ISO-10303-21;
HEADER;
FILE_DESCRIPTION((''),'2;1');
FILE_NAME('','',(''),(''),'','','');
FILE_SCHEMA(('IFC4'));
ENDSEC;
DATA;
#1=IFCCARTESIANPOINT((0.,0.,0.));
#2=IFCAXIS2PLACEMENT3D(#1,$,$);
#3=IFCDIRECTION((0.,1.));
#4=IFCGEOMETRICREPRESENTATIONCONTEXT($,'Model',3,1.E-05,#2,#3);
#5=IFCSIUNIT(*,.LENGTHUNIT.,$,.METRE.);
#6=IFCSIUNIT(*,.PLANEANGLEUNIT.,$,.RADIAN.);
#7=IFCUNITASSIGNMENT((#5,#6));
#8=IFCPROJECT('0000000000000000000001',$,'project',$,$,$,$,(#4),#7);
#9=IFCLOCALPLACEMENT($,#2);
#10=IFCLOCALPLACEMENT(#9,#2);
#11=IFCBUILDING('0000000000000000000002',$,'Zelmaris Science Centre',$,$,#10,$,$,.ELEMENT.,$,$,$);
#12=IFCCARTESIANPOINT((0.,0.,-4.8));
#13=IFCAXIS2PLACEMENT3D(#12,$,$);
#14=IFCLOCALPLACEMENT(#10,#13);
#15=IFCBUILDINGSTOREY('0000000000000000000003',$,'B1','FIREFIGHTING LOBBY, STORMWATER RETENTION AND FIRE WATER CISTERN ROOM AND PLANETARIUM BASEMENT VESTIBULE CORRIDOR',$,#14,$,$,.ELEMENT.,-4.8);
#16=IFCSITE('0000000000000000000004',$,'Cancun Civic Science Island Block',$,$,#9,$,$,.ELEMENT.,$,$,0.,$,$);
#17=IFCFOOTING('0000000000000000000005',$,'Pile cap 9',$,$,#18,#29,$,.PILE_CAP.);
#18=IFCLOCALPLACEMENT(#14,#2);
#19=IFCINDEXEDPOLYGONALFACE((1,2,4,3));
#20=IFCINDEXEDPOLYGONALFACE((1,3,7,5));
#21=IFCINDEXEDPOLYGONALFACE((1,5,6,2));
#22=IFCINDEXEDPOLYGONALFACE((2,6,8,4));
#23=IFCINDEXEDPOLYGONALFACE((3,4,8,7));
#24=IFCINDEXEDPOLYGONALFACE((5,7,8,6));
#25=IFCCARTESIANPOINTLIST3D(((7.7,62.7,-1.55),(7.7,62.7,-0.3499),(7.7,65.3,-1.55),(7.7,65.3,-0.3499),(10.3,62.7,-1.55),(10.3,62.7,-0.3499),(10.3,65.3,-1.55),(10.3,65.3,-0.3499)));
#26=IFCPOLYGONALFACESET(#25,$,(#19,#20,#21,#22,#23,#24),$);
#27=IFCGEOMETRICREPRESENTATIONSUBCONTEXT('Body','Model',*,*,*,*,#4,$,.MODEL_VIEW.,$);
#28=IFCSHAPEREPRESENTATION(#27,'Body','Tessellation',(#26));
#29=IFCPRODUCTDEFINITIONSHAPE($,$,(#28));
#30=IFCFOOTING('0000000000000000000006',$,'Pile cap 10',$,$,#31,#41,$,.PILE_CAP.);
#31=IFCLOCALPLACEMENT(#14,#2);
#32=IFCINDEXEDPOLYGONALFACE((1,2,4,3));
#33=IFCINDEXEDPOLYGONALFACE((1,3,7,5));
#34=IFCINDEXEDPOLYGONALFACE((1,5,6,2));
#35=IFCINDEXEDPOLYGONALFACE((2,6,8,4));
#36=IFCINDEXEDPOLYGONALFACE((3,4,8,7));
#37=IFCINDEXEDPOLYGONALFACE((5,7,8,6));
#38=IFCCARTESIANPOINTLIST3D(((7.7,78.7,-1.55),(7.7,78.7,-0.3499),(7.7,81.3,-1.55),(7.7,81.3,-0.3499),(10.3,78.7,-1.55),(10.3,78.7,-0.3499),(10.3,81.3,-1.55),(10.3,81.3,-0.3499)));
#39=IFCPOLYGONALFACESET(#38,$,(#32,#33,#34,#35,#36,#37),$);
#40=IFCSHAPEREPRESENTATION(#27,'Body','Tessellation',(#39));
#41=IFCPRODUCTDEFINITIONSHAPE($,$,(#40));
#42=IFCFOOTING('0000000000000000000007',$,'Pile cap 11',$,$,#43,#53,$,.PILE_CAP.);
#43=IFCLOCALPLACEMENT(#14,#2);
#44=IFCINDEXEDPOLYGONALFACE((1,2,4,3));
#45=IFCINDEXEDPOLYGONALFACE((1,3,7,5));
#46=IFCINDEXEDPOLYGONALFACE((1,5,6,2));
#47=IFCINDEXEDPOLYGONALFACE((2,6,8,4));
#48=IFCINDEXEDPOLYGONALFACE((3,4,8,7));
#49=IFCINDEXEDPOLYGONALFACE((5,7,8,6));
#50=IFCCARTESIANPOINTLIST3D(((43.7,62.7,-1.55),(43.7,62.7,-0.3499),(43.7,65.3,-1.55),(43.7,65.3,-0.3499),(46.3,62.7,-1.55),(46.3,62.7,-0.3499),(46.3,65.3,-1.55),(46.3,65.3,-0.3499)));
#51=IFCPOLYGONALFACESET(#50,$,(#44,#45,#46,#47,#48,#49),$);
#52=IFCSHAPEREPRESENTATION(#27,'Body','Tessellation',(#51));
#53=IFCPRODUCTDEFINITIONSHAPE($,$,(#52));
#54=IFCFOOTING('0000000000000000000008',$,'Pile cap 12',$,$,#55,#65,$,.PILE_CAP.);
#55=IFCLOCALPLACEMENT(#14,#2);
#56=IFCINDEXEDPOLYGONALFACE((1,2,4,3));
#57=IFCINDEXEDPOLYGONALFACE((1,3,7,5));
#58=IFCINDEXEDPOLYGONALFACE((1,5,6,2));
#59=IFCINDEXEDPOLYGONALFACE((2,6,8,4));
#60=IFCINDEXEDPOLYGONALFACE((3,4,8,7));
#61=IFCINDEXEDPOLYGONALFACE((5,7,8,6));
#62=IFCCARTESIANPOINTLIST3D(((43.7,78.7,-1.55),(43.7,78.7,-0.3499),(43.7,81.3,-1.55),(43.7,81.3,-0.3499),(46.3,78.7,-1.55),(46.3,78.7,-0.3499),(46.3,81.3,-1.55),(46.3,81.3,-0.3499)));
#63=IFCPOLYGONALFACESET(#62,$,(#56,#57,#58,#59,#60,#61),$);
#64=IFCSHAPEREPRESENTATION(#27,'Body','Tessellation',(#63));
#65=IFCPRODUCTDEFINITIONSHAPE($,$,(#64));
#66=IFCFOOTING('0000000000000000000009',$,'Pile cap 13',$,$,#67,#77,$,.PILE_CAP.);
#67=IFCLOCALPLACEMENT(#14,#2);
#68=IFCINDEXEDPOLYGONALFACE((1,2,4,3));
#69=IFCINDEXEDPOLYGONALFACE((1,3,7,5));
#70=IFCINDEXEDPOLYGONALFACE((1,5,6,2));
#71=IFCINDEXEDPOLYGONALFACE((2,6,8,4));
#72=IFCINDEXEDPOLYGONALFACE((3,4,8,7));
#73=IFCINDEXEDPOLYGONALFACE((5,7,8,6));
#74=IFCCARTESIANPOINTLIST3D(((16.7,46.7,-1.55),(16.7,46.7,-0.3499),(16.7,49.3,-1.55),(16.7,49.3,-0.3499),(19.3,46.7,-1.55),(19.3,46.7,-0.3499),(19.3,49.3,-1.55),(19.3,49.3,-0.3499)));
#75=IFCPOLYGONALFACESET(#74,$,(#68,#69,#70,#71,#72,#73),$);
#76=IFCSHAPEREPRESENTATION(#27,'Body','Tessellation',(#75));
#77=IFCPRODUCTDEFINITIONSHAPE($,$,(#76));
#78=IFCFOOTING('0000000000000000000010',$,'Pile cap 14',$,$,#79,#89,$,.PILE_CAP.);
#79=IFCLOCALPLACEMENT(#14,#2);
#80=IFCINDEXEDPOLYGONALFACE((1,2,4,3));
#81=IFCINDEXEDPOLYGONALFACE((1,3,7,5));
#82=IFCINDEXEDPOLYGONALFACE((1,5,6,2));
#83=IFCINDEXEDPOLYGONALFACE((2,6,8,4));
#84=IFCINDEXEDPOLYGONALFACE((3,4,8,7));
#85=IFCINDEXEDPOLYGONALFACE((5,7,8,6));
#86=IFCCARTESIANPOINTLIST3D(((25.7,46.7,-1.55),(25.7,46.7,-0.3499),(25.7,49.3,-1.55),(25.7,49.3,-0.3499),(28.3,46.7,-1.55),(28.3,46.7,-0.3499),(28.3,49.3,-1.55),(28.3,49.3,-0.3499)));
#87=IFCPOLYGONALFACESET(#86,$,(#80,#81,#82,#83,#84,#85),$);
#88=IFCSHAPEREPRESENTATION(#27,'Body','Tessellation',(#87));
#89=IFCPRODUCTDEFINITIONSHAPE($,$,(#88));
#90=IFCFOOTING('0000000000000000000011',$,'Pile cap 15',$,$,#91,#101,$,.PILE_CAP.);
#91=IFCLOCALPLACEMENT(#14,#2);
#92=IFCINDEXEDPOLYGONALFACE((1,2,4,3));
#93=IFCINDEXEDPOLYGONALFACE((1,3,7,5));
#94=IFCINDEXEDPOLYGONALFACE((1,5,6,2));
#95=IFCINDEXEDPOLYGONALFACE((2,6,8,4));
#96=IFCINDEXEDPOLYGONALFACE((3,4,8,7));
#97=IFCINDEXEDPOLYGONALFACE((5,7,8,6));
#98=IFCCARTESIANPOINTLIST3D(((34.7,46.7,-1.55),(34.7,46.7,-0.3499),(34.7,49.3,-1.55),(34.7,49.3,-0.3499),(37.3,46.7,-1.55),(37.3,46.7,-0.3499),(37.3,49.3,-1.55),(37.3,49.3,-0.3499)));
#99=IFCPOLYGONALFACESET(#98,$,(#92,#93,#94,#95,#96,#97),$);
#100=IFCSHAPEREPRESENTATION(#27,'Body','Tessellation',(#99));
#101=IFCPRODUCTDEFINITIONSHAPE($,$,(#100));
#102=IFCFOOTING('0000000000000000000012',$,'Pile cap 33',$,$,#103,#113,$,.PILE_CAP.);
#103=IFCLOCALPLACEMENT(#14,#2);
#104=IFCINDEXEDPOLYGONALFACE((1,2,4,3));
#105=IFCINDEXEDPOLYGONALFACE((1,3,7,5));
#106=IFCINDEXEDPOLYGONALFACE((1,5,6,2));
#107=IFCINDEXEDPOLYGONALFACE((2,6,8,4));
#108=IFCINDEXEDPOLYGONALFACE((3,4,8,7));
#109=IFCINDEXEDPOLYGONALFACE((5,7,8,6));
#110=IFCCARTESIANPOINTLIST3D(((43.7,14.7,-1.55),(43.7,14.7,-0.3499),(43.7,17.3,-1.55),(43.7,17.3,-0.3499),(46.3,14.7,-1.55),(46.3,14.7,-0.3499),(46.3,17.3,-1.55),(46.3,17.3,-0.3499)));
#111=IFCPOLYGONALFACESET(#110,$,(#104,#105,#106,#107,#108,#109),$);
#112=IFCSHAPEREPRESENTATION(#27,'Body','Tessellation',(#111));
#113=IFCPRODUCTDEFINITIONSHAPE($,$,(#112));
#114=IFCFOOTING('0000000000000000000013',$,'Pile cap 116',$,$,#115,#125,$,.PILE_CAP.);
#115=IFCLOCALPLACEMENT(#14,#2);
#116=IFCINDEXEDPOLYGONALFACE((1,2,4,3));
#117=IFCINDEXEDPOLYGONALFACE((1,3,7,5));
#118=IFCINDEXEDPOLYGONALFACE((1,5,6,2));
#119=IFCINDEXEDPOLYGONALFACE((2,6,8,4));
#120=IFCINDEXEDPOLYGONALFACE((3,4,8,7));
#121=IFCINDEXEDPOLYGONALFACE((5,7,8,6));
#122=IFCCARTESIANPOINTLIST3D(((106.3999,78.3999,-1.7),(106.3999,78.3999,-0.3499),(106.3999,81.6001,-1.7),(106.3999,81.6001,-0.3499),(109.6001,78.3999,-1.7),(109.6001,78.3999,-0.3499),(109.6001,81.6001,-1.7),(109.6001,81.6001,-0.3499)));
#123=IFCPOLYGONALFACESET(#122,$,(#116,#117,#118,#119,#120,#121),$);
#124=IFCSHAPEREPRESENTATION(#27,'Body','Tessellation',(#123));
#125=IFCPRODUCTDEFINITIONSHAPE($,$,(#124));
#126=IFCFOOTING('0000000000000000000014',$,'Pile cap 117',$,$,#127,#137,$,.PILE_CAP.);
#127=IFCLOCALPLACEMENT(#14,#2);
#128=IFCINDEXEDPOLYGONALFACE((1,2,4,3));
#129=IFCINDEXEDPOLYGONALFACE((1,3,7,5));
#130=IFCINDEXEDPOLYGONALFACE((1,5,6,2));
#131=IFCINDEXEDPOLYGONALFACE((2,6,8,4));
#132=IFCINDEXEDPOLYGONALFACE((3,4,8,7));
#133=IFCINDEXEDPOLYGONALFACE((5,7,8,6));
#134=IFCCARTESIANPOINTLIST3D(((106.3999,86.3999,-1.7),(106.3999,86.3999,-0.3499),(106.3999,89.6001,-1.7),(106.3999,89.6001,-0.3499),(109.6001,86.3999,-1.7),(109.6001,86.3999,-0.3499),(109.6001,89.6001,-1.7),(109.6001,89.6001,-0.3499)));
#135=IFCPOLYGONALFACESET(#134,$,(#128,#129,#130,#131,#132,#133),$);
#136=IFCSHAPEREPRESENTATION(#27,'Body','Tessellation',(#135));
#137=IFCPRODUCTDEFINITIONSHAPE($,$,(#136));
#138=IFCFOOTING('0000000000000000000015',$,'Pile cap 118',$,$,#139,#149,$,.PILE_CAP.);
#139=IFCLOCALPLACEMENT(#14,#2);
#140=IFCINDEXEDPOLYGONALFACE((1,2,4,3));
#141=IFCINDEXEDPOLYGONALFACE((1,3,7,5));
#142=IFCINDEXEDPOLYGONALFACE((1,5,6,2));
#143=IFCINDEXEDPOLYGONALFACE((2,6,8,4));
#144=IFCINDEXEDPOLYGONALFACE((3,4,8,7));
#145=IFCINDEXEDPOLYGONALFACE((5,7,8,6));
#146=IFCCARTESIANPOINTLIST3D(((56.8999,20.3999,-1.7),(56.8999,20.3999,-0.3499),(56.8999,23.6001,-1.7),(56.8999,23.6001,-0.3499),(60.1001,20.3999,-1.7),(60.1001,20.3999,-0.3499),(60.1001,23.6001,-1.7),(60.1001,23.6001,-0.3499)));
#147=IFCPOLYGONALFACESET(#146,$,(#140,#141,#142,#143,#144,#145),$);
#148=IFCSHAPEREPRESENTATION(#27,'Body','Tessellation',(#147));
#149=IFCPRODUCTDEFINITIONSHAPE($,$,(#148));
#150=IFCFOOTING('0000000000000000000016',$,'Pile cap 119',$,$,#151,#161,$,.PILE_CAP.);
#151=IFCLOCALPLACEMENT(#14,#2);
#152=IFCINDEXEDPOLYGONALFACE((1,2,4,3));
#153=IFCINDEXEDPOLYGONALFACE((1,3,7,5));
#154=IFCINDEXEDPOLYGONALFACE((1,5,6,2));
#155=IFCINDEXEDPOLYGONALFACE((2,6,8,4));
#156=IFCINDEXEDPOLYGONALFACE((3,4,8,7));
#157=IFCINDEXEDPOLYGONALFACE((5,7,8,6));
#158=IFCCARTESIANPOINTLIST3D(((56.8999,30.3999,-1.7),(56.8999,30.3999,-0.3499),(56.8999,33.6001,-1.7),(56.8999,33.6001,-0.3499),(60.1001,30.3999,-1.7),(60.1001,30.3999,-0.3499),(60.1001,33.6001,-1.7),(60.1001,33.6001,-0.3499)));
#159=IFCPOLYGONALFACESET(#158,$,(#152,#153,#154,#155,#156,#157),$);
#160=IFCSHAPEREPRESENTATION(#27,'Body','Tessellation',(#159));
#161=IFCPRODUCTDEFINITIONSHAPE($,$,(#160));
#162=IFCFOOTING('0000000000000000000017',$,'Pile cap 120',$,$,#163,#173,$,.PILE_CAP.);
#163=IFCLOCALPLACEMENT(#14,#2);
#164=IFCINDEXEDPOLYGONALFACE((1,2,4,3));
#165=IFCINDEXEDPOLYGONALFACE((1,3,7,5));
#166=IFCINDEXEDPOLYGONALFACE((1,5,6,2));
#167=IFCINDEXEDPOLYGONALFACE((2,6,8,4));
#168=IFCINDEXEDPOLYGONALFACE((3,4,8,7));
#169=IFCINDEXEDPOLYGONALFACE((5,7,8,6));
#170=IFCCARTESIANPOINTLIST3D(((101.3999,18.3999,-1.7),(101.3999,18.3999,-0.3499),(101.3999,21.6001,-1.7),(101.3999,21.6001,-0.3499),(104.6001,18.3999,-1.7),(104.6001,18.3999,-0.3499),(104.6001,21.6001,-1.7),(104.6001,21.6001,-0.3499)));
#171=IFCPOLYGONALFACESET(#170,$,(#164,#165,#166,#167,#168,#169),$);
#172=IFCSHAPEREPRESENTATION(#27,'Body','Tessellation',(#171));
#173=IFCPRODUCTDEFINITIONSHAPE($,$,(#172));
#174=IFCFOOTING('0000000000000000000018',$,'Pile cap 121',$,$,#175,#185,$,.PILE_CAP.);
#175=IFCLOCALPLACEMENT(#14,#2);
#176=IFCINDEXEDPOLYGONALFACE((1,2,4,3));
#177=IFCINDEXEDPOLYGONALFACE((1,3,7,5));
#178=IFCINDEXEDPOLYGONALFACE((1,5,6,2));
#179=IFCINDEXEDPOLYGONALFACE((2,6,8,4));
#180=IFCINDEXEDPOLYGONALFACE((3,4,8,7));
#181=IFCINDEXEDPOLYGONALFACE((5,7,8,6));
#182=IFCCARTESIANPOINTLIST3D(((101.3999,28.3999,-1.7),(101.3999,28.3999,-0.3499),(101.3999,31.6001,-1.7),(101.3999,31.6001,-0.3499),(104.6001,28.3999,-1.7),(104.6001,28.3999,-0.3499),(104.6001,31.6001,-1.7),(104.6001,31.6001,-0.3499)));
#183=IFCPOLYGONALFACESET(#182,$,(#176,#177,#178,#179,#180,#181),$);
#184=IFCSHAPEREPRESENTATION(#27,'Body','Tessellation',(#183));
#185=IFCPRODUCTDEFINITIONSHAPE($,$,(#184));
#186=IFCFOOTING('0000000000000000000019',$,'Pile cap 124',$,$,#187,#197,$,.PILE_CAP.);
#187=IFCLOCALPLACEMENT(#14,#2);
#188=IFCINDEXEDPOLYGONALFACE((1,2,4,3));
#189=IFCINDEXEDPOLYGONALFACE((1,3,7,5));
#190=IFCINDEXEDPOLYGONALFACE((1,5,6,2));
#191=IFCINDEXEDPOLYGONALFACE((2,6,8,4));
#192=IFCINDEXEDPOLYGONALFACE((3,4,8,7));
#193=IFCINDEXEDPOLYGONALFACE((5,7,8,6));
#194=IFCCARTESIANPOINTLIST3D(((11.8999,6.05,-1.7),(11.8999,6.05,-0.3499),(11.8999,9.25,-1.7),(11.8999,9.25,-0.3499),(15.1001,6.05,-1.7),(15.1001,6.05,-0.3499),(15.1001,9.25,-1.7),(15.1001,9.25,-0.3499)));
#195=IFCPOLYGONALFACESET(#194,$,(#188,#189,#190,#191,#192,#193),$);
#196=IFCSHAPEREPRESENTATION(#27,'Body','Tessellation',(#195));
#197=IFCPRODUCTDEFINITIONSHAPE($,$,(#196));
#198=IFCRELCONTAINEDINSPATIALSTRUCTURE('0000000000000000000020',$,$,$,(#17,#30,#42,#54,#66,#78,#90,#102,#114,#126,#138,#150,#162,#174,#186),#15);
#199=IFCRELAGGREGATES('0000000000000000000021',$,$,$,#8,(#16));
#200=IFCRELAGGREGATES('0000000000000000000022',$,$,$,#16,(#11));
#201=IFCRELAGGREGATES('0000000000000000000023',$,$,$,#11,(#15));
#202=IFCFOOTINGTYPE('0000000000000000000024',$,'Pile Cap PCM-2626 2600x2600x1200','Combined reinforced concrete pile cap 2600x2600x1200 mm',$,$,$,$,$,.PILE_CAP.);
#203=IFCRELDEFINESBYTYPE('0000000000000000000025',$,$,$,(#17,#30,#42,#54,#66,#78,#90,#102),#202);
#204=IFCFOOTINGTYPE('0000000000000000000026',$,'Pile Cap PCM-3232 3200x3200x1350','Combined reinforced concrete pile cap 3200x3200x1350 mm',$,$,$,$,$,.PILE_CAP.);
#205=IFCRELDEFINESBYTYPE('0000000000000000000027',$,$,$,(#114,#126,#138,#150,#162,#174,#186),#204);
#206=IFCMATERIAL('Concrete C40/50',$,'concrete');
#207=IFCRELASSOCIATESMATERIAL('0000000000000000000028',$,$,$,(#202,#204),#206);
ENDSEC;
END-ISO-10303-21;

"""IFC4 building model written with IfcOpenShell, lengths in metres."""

from ifc_helpers import new_model, si_unit, direction, frame, origin, place, context, subcontext, project, spatial, polyline, outline, extrude, material, type_object, element, save


model = new_model("IFC4")

# Units and contexts
model_context = context("Model", 3, precision=1e-05, world=origin(), true_north=direction((0.0, 1.0)))
body_context = subcontext(model_context, "Body", "Model", "MODEL_VIEW")
ifc_project = project(units=[si_unit("LENGTHUNIT", "METRE"), si_unit("PLANEANGLEUNIT", "RADIAN")], contexts=[model_context])

# Site, building, storey
site_placement = place(None, origin())
site = spatial("IfcSite", under=ifc_project, at=site_placement, Name="Cancun Civic Science Island Block", CompositionType="ELEMENT", RefElevation=0.0)
building_placement = place(site_placement, origin())
building = spatial("IfcBuilding", under=site, at=building_placement, Name="Zelmaris Science Centre", CompositionType="ELEMENT")
storey_placement = place(building_placement, frame((0.0, 0.0, -4.8)))
storey = spatial("IfcBuildingStorey", under=building, at=storey_placement, Name="B1", Description="FIREFIGHTING LOBBY, STORMWATER RETENTION AND FIRE WATER CISTERN ROOM AND PLANETARIUM BASEMENT VESTIBULE CORRIDOR", CompositionType="ELEMENT", Elevation=-4.8)

# Footings
ifc_material = material(Name="Concrete C40/50", Category="concrete")
footing_type_1 = type_object("IfcFootingType", Name="Pile Cap PCM-2626 2600x2600x1200", Description="Combined reinforced concrete pile cap 2600x2600x1200 mm", PredefinedType="PILE_CAP", material=ifc_material)
footing_1_placement = place(storey_placement, frame((0.0, 0.0, -1.55)))
element("IfcFooting", 1, at=footing_1_placement, inside=storey, type_object=footing_type_1, Name="Pile cap 9", PredefinedType="PILE_CAP", context=body_context, shape_type="SweptSolid", body=[
    extrude(outline(polyline([(7.7, 62.7), (10.3, 62.7), (10.3, 65.3), (7.7, 65.3), (7.7, 62.7)])), origin(), (0.0, 0.0, 1.0), 1.2002),
])
footing_2_placement = place(storey_placement, frame((0.0, 0.0, -1.55)))
element("IfcFooting", 2, at=footing_2_placement, inside=storey, type_object=footing_type_1, Name="Pile cap 10", PredefinedType="PILE_CAP", context=body_context, shape_type="SweptSolid", body=[
    extrude(outline(polyline([(7.7, 78.7), (10.3, 78.7), (10.3, 81.3), (7.7, 81.3), (7.7, 78.7)])), origin(), (0.0, 0.0, 1.0), 1.2002),
])
footing_3_placement = place(storey_placement, frame((0.0, 0.0, -1.55)))
element("IfcFooting", 3, at=footing_3_placement, inside=storey, type_object=footing_type_1, Name="Pile cap 11", PredefinedType="PILE_CAP", context=body_context, shape_type="SweptSolid", body=[
    extrude(outline(polyline([(43.7, 62.7), (46.3, 62.7), (46.3, 65.3), (43.7, 65.3), (43.7, 62.7)])), origin(), (0.0, 0.0, 1.0), 1.2002),
])
footing_4_placement = place(storey_placement, frame((0.0, 0.0, -1.55)))
element("IfcFooting", 4, at=footing_4_placement, inside=storey, type_object=footing_type_1, Name="Pile cap 12", PredefinedType="PILE_CAP", context=body_context, shape_type="SweptSolid", body=[
    extrude(outline(polyline([(43.7, 78.7), (46.3, 78.7), (46.3, 81.3), (43.7, 81.3), (43.7, 78.7)])), origin(), (0.0, 0.0, 1.0), 1.2002),
])
footing_5_placement = place(storey_placement, frame((0.0, 0.0, -1.55)))
element("IfcFooting", 5, at=footing_5_placement, inside=storey, type_object=footing_type_1, Name="Pile cap 13", PredefinedType="PILE_CAP", context=body_context, shape_type="SweptSolid", body=[
    extrude(outline(polyline([(16.7, 46.7), (19.3, 46.7), (19.3, 49.3), (16.7, 49.3), (16.7, 46.7)])), origin(), (0.0, 0.0, 1.0), 1.2002),
])
footing_6_placement = place(storey_placement, frame((0.0, 0.0, -1.55)))
element("IfcFooting", 6, at=footing_6_placement, inside=storey, type_object=footing_type_1, Name="Pile cap 14", PredefinedType="PILE_CAP", context=body_context, shape_type="SweptSolid", body=[
    extrude(outline(polyline([(25.7, 46.7), (28.3, 46.7), (28.3, 49.3), (25.7, 49.3), (25.7, 46.7)])), origin(), (0.0, 0.0, 1.0), 1.2002),
])
footing_7_placement = place(storey_placement, frame((0.0, 0.0, -1.55)))
element("IfcFooting", 7, at=footing_7_placement, inside=storey, type_object=footing_type_1, Name="Pile cap 15", PredefinedType="PILE_CAP", context=body_context, shape_type="SweptSolid", body=[
    extrude(outline(polyline([(34.7, 46.7), (37.3, 46.7), (37.3, 49.3), (34.7, 49.3), (34.7, 46.7)])), origin(), (0.0, 0.0, 1.0), 1.2002),
])
footing_8_placement = place(storey_placement, frame((0.0, 0.0, -1.55)))
element("IfcFooting", 8, at=footing_8_placement, inside=storey, type_object=footing_type_1, Name="Pile cap 33", PredefinedType="PILE_CAP", context=body_context, shape_type="SweptSolid", body=[
    extrude(outline(polyline([(43.7, 14.7), (46.3, 14.7), (46.3, 17.3), (43.7, 17.3), (43.7, 14.7)])), origin(), (0.0, 0.0, 1.0), 1.2002),
])
footing_type_2 = type_object("IfcFootingType", Name="Pile Cap PCM-3232 3200x3200x1350", Description="Combined reinforced concrete pile cap 3200x3200x1350 mm", PredefinedType="PILE_CAP", material=ifc_material)
footing_9_placement = place(storey_placement, frame((0.0, 0.0, -1.7)))
element("IfcFooting", 9, at=footing_9_placement, inside=storey, type_object=footing_type_2, Name="Pile cap 116", PredefinedType="PILE_CAP", context=body_context, shape_type="SweptSolid", body=[
    extrude(outline(polyline([(106.3999, 78.3999), (109.6001, 78.3999), (109.6001, 81.6001), (106.3999, 81.6001), (106.3999, 78.3999)])), origin(), (0.0, 0.0, 1.0), 1.3501),
])
footing_10_placement = place(storey_placement, frame((0.0, 0.0, -1.7)))
element("IfcFooting", 10, at=footing_10_placement, inside=storey, type_object=footing_type_2, Name="Pile cap 117", PredefinedType="PILE_CAP", context=body_context, shape_type="SweptSolid", body=[
    extrude(outline(polyline([(106.3999, 86.3999), (109.6001, 86.3999), (109.6001, 89.6001), (106.3999, 89.6001), (106.3999, 86.3999)])), origin(), (0.0, 0.0, 1.0), 1.3501),
])
footing_11_placement = place(storey_placement, frame((0.0, 0.0, -1.7)))
element("IfcFooting", 11, at=footing_11_placement, inside=storey, type_object=footing_type_2, Name="Pile cap 118", PredefinedType="PILE_CAP", context=body_context, shape_type="SweptSolid", body=[
    extrude(outline(polyline([(56.8999, 20.3999), (60.1001, 20.3999), (60.1001, 23.6001), (56.8999, 23.6001), (56.8999, 20.3999)])), origin(), (0.0, 0.0, 1.0), 1.3501),
])
footing_12_placement = place(storey_placement, frame((0.0, 0.0, -1.7)))
element("IfcFooting", 12, at=footing_12_placement, inside=storey, type_object=footing_type_2, Name="Pile cap 119", PredefinedType="PILE_CAP", context=body_context, shape_type="SweptSolid", body=[
    extrude(outline(polyline([(56.8999, 30.3999), (60.1001, 30.3999), (60.1001, 33.6001), (56.8999, 33.6001), (56.8999, 30.3999)])), origin(), (0.0, 0.0, 1.0), 1.3501),
])
footing_13_placement = place(storey_placement, frame((0.0, 0.0, -1.7)))
element("IfcFooting", 13, at=footing_13_placement, inside=storey, type_object=footing_type_2, Name="Pile cap 120", PredefinedType="PILE_CAP", context=body_context, shape_type="SweptSolid", body=[
    extrude(outline(polyline([(101.3999, 18.3999), (104.6001, 18.3999), (104.6001, 21.6001), (101.3999, 21.6001), (101.3999, 18.3999)])), origin(), (0.0, 0.0, 1.0), 1.3501),
])
footing_14_placement = place(storey_placement, frame((0.0, 0.0, -1.7)))
element("IfcFooting", 14, at=footing_14_placement, inside=storey, type_object=footing_type_2, Name="Pile cap 121", PredefinedType="PILE_CAP", context=body_context, shape_type="SweptSolid", body=[
    extrude(outline(polyline([(101.3999, 28.3999), (104.6001, 28.3999), (104.6001, 31.6001), (101.3999, 31.6001), (101.3999, 28.3999)])), origin(), (0.0, 0.0, 1.0), 1.3501),
])
footing_15_placement = place(storey_placement, frame((0.0, 0.0, -1.7)))
element("IfcFooting", 15, at=footing_15_placement, inside=storey, type_object=footing_type_2, Name="Pile cap 124", PredefinedType="PILE_CAP", context=body_context, shape_type="SweptSolid", body=[
    extrude(outline(polyline([(11.8999, 6.05), (15.1001, 6.05), (15.1001, 9.25), (11.8999, 9.25), (11.8999, 6.05)])), origin(), (0.0, 0.0, 1.0), 1.3501),
])

save(model, "model.ifc")
